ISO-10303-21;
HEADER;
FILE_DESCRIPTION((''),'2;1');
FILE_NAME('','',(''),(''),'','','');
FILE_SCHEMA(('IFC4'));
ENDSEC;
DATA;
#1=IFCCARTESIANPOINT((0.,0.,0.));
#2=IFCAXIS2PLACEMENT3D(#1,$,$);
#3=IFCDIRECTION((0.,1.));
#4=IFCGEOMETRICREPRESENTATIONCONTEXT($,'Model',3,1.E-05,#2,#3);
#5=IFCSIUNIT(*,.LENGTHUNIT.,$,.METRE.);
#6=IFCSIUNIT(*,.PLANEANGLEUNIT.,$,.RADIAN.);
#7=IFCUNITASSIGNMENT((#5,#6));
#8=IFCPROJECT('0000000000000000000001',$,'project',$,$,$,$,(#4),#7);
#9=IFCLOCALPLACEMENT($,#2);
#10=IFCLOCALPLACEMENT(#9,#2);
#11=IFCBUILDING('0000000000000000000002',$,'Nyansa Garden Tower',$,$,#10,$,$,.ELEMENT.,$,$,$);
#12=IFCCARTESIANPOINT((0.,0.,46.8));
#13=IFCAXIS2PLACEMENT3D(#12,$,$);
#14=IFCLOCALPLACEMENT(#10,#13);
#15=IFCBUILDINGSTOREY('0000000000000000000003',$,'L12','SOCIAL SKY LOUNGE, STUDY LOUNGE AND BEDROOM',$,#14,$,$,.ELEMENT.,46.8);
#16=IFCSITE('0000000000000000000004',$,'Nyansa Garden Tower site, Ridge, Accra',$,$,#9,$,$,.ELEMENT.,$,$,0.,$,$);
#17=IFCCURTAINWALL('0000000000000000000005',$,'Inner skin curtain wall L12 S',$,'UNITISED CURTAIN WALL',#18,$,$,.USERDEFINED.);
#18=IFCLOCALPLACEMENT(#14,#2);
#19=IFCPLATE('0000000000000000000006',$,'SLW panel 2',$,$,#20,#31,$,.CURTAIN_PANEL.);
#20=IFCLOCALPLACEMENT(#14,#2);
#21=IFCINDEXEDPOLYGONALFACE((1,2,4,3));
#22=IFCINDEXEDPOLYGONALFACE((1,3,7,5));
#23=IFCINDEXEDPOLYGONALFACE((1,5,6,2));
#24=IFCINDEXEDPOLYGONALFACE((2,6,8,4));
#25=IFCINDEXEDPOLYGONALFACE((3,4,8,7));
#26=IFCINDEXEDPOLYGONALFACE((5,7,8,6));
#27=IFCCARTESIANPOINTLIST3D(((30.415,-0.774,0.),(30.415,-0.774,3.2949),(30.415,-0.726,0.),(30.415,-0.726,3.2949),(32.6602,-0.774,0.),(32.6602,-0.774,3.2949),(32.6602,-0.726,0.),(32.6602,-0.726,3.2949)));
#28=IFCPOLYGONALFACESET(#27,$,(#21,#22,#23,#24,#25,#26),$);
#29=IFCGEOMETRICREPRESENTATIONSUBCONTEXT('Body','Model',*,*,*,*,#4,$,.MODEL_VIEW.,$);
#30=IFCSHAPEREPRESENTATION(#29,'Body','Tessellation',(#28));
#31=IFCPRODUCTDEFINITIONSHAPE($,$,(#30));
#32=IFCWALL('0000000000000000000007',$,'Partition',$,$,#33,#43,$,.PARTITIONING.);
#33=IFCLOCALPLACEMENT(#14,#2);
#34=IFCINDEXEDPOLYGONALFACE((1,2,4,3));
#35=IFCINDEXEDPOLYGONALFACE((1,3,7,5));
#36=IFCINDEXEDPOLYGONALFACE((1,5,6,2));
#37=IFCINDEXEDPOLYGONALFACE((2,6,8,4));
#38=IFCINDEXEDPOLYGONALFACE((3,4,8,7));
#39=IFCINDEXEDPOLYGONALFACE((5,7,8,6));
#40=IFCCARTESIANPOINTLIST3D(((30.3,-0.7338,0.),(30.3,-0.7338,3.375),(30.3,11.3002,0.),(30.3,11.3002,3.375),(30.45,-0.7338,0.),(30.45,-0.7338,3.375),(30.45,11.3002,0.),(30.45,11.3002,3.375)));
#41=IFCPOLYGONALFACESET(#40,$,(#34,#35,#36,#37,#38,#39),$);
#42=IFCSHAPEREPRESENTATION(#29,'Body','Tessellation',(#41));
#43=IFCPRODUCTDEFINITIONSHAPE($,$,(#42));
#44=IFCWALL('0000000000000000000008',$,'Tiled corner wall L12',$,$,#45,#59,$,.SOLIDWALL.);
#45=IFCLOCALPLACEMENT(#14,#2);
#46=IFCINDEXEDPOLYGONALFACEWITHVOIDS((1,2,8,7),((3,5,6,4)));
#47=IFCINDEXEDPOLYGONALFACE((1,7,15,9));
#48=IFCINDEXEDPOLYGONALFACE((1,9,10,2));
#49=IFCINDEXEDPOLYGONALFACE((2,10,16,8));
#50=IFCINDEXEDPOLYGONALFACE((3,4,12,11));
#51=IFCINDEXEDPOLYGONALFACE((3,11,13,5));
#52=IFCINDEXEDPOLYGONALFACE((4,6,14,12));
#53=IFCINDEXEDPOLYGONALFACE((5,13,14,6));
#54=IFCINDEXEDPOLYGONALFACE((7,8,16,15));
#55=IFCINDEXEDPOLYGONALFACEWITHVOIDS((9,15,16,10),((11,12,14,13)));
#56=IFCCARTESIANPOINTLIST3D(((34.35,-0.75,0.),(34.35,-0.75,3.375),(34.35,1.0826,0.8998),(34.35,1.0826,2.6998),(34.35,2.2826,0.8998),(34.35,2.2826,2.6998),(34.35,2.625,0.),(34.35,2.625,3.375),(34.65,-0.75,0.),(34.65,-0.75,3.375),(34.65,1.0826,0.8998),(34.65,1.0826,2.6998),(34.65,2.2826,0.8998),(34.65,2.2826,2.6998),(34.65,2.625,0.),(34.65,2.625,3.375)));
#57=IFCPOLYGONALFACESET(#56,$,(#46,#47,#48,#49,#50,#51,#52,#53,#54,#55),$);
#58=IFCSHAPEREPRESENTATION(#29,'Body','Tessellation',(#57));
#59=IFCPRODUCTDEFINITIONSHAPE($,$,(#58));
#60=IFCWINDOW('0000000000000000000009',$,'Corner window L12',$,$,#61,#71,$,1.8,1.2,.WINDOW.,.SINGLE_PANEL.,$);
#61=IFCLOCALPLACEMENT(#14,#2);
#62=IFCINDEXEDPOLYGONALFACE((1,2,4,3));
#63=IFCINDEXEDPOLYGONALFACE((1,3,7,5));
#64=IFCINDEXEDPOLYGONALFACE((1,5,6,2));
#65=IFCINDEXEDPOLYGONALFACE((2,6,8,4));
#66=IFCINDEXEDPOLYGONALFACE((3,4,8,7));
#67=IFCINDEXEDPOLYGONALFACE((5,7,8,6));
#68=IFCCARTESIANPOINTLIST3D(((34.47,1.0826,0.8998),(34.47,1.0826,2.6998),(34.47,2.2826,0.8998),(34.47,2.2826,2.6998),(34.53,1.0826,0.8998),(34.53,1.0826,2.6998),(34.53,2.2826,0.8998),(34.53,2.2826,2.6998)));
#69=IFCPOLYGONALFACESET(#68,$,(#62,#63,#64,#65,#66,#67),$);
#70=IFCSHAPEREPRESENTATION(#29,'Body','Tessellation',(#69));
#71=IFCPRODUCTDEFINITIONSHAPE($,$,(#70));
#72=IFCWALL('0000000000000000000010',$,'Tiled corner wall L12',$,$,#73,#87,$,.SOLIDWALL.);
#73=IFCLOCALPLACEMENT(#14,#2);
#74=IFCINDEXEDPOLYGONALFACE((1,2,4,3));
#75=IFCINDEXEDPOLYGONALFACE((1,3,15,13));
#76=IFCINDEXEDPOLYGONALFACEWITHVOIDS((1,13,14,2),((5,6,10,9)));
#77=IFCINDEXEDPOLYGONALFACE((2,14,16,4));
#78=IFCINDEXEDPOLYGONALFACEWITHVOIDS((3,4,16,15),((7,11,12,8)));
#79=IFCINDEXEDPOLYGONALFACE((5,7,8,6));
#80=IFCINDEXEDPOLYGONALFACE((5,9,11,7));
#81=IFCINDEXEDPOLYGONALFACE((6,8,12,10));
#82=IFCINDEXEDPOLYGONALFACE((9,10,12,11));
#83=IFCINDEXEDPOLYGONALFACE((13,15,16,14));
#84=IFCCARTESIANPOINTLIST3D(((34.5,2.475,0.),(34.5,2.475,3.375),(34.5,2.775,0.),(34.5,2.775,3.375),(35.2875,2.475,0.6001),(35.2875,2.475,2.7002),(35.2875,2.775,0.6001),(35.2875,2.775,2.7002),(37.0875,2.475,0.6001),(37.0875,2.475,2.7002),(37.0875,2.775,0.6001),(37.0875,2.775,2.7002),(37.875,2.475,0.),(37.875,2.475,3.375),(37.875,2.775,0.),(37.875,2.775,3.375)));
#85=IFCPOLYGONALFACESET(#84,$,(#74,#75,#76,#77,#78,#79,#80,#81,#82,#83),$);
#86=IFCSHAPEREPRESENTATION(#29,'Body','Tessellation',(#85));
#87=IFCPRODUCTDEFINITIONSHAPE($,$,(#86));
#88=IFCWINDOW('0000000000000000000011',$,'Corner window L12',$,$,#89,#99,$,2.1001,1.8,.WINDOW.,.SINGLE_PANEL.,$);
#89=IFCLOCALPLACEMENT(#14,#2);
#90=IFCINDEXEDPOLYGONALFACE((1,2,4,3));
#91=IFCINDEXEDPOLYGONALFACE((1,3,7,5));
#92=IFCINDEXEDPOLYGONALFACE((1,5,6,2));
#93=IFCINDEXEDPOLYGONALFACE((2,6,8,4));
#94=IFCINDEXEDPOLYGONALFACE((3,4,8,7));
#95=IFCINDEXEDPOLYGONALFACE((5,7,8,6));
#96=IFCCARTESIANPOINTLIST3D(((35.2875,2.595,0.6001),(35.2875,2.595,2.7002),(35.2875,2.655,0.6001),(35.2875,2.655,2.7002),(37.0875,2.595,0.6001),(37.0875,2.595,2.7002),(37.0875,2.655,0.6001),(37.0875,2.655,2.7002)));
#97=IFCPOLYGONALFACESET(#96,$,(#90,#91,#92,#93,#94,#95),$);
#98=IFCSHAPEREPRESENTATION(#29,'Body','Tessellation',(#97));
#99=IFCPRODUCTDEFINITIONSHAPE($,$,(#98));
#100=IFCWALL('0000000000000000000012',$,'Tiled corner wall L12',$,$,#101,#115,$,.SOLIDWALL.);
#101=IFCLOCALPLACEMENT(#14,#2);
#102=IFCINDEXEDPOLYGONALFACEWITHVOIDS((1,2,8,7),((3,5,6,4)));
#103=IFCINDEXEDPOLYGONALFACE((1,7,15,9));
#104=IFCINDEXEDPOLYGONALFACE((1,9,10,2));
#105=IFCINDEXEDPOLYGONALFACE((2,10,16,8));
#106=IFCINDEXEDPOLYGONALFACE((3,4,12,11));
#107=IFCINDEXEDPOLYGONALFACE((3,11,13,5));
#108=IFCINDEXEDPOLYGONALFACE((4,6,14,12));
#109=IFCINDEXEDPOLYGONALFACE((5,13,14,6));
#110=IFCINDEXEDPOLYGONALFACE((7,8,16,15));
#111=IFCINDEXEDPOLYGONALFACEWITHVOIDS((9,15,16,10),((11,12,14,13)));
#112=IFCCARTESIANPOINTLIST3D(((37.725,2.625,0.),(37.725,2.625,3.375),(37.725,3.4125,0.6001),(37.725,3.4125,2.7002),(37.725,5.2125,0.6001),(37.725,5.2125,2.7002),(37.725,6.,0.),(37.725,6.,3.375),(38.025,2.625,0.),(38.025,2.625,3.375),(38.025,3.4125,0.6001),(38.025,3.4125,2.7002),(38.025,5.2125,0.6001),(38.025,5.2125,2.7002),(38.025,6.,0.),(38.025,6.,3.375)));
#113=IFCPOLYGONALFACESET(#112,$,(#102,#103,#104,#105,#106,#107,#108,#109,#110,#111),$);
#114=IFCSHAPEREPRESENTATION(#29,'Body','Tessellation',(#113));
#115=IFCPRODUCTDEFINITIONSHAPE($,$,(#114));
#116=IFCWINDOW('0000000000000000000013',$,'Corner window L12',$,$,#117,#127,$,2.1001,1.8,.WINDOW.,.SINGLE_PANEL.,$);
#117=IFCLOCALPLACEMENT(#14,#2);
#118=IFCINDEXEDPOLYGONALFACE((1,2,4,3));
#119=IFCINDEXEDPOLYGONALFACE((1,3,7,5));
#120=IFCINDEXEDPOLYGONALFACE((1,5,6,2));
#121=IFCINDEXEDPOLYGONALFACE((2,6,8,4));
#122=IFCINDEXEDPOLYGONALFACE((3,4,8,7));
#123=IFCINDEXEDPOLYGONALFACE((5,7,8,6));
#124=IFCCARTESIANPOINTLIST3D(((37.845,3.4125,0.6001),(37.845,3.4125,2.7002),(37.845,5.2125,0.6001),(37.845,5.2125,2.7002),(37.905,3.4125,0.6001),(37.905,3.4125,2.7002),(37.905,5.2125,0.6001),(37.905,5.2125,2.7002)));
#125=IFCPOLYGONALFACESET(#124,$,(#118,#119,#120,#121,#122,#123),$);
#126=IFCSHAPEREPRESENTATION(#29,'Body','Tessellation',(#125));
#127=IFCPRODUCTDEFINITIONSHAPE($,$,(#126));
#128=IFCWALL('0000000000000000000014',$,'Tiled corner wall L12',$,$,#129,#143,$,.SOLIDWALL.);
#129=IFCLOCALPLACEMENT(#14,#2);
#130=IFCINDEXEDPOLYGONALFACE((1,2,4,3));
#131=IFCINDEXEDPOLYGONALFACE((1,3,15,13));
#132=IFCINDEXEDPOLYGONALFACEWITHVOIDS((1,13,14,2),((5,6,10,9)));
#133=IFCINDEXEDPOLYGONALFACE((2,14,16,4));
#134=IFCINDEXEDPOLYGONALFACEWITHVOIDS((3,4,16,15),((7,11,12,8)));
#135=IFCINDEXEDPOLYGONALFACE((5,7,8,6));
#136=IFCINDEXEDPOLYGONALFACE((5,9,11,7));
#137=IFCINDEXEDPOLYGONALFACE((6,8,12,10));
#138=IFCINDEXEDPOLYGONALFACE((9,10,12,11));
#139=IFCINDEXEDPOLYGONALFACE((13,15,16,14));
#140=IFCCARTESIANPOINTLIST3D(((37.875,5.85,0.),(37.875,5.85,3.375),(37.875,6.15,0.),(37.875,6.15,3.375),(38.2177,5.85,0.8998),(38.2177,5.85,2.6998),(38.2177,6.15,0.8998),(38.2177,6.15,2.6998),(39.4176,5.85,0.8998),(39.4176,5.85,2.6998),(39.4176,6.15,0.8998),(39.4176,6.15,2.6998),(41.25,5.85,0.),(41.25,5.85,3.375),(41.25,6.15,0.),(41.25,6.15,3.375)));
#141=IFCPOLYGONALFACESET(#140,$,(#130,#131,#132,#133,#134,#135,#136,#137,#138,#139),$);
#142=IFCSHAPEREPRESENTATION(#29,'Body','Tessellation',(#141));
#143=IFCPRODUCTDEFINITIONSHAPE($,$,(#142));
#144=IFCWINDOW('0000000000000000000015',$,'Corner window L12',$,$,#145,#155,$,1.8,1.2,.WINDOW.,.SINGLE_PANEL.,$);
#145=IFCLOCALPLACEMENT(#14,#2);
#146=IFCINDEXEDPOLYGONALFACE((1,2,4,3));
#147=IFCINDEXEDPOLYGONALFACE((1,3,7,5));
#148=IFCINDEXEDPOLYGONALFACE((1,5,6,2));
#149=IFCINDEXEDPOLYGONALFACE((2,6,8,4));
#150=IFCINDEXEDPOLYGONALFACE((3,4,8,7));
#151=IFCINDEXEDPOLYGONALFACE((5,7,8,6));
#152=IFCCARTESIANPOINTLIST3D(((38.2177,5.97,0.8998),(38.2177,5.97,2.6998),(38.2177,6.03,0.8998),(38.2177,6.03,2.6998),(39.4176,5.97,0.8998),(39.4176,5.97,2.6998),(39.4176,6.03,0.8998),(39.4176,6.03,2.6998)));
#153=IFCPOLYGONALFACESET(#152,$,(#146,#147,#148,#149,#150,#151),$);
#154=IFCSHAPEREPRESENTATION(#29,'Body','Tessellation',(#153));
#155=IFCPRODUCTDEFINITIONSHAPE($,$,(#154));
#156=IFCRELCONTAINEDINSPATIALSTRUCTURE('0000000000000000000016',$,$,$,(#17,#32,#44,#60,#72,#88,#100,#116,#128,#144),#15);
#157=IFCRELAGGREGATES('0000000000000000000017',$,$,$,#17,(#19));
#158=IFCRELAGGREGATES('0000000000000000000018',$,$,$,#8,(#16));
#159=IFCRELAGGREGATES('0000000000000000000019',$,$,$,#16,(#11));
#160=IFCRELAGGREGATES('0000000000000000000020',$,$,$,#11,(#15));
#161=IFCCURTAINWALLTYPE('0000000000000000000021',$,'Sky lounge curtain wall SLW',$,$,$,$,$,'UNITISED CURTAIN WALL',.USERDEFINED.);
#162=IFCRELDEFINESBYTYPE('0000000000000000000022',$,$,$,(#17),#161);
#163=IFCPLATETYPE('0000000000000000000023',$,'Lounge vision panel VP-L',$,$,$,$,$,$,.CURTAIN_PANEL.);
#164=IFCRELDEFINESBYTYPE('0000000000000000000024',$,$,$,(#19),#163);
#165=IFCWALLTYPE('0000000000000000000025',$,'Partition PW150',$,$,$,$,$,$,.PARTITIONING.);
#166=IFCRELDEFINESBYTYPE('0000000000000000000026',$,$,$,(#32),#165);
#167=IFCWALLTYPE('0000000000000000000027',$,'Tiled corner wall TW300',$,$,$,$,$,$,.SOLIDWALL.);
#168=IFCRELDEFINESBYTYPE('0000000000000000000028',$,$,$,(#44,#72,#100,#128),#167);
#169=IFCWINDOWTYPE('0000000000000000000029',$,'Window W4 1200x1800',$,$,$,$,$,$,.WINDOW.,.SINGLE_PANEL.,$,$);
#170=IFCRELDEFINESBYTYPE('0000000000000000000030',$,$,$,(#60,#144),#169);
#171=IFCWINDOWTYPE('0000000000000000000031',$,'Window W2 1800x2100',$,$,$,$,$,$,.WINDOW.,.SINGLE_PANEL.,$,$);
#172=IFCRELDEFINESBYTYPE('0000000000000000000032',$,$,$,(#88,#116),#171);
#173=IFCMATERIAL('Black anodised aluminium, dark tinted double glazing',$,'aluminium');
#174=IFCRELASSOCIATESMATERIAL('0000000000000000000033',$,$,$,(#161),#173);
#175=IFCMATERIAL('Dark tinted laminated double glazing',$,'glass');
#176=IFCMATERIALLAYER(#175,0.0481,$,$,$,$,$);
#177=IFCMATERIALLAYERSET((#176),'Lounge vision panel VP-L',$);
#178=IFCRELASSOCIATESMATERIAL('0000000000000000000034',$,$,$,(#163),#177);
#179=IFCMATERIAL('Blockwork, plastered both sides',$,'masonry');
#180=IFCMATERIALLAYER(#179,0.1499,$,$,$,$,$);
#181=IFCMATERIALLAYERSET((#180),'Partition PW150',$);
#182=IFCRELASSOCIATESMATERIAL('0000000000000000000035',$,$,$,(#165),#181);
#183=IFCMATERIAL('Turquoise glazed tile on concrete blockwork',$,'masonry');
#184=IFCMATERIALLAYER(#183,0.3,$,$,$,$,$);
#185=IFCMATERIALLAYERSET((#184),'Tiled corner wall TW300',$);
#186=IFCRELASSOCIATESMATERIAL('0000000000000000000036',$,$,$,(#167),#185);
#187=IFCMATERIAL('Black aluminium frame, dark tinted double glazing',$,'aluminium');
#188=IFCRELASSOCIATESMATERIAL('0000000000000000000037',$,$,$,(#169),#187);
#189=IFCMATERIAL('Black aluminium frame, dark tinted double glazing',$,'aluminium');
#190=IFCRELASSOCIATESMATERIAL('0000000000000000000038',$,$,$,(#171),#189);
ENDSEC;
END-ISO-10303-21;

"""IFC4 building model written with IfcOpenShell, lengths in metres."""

from ifc_helpers import new_model, si_unit, direction, frame, frame_2d, origin, origin_2d, place, context, subcontext, project, spatial, rectangle, extrude, material, layer, layer_set, type_object, element, fill, aggregate, save


model = new_model("IFC4")

# Units and contexts
model_context = context("Model", 3, precision=1e-05, world=origin(), true_north=direction((0.0, 1.0)))
body_context = subcontext(model_context, "Body", "Model", "MODEL_VIEW")
ifc_project = project(units=[si_unit("LENGTHUNIT", "METRE"), si_unit("PLANEANGLEUNIT", "RADIAN")], contexts=[model_context])

# Site, building, storey
site_placement = place(None, origin())
site = spatial("IfcSite", under=ifc_project, at=site_placement, Name="Nyansa Garden Tower site, Ridge, Accra", CompositionType="ELEMENT", RefElevation=0.0)
building_placement = place(site_placement, origin())
building = spatial("IfcBuilding", under=site, at=building_placement, Name="Nyansa Garden Tower", CompositionType="ELEMENT")
storey_placement = place(building_placement, frame((0.0, 0.0, 46.8)))
storey = spatial("IfcBuildingStorey", under=building, at=storey_placement, Name="L12", Description="SOCIAL SKY LOUNGE, STUDY LOUNGE AND BEDROOM", CompositionType="ELEMENT", Elevation=46.8)

# Curtain wall
ifc_material_1 = material(Name="Black anodised aluminium, dark tinted double glazing", Category="aluminium")
curtain_wall_type = type_object("IfcCurtainWallType", Name="Sky lounge curtain wall SLW", ElementType="UNITISED CURTAIN WALL", PredefinedType="USERDEFINED", material=ifc_material_1)
curtain_wall_placement = place(storey_placement, origin())
curtain_wall = element("IfcCurtainWall", 1, at=curtain_wall_placement, inside=storey, type_object=curtain_wall_type, Name="Inner skin curtain wall L12 S", ObjectType="UNITISED CURTAIN WALL", PredefinedType="USERDEFINED")

# Plate
ifc_material_2 = material(Name="Dark tinted laminated double glazing", Category="glass")
ifc_layer_1 = layer(ifc_material_2, 0.0481)
ifc_layer_set_1 = layer_set([ifc_layer_1], Name="Lounge vision panel VP-L")
plate_type = type_object("IfcPlateType", Name="Lounge vision panel VP-L", PredefinedType="CURTAIN_PANEL", material=ifc_layer_set_1)
plate_1_placement = place(storey_placement, frame((31.5376, -0.75, 0.0), z_axis=(0.0, 0.0, 1.0), x_axis=(1.0, 0.0, 0.0)))
plate_1 = element("IfcPlate", 2, at=plate_1_placement, type_object=plate_type, Name="SLW panel 2", PredefinedType="CURTAIN_PANEL", context=body_context, shape_type="SweptSolid", body=[
    extrude(rectangle(XDim=2.2451, YDim=0.0481, at=origin_2d()), origin(), (0.0, 0.0, 1.0), 3.2949),
])
aggregate(curtain_wall, [plate_1])

# Wall
ifc_material_3 = material(Name="Blockwork, plastered both sides", Category="masonry")
ifc_layer_2 = layer(ifc_material_3, 0.1499)
ifc_layer_set_2 = layer_set([ifc_layer_2], Name="Partition PW150")
wall_type_1 = type_object("IfcWallType", Name="Partition PW150", PredefinedType="PARTITIONING", material=ifc_layer_set_2)
wall_1_placement = place(storey_placement, frame((30.375, -0.7339, 0.0), z_axis=(0.0, 0.0, 1.0), x_axis=(0.0, 1.0, 0.0)))
element("IfcWall", 3, at=wall_1_placement, inside=storey, type_object=wall_type_1, Name="Partition", PredefinedType="PARTITIONING", context=body_context, shape_type="SweptSolid", body=[
    extrude(rectangle(XDim=12.0339, YDim=0.1499, at=frame_2d((6.0171, 0.0))), origin(), (0.0, 0.0, 1.0), 3.375),
])

# Walls, openings, windows
ifc_material_4 = material(Name="Turquoise glazed tile on concrete blockwork", Category="masonry")
ifc_layer_3 = layer(ifc_material_4, 0.3)
ifc_layer_set_3 = layer_set([ifc_layer_3], Name="Tiled corner wall TW300")
wall_type_2 = type_object("IfcWallType", Name="Tiled corner wall TW300", PredefinedType="SOLIDWALL", material=ifc_layer_set_3)
wall_2_placement = place(storey_placement, frame((34.5, -0.75, 0.0), z_axis=(0.0, 0.0, 1.0), x_axis=(0.0, 1.0, 0.0)))
wall_2 = element("IfcWall", 4, at=wall_2_placement, inside=storey, type_object=wall_type_2, Name="Tiled corner wall L12", PredefinedType="SOLIDWALL", context=body_context, shape_type="SweptSolid", body=[
    extrude(rectangle(XDim=3.375, YDim=0.3, at=frame_2d((1.6875, 0.0))), origin(), (0.0, 0.0, 1.0), 3.375),
])
opening_1_placement = place(wall_2_placement, frame((1.8325, 0.0, 0.8999)))
opening_1 = element("IfcOpeningElement", 5, at=opening_1_placement, cuts=wall_2, PredefinedType="OPENING", context=body_context, shape_type="SweptSolid", body=[
    extrude(rectangle(XDim=1.2, YDim=1.8, at=frame_2d((0.6001, 0.8999))), frame((0.0, 0.1599, 0.0), z_axis=(0.0, -1.0, 0.0), x_axis=(1.0, 0.0, 0.0)), (0.0, 0.0, 1.0), 0.3201),
])
ifc_material_5 = material(Name="Black aluminium frame, dark tinted double glazing", Category="aluminium")
window_type_1 = type_object("IfcWindowType", Name="Window W4 1200x1800", PartitioningType="SINGLE_PANEL", PredefinedType="WINDOW", material=ifc_material_5)
window_1_placement = place(opening_1_placement, origin())
window_1 = element("IfcWindow", 6, at=window_1_placement, inside=storey, type_object=window_type_1, Name="Corner window L12", OverallHeight=1.8, OverallWidth=1.2, PartitioningType="SINGLE_PANEL", PredefinedType="WINDOW", context=body_context, shape_type="SweptSolid", body=[
    extrude(rectangle(XDim=1.2, YDim=1.8, at=frame_2d((0.6001, 0.8999))), frame((0.0, 0.03, 0.0), z_axis=(0.0, -1.0, 0.0), x_axis=(1.0, 0.0, 0.0)), (0.0, 0.0, 1.0), 0.0601),
])
fill(opening_1, window_1)
wall_3_placement = place(storey_placement, frame((34.5, 2.625, 0.0), z_axis=(0.0, 0.0, 1.0), x_axis=(1.0, 0.0, 0.0)))
wall_3 = element("IfcWall", 7, at=wall_3_placement, inside=storey, type_object=wall_type_2, Name="Tiled corner wall L12", PredefinedType="SOLIDWALL", context=body_context, shape_type="SweptSolid", body=[
    extrude(rectangle(XDim=3.375, YDim=0.3, at=frame_2d((1.6875, 0.0))), origin(), (0.0, 0.0, 1.0), 3.375),
])
opening_2_placement = place(wall_3_placement, frame((0.7876, 0.0, 0.6001)))
opening_2 = element("IfcOpeningElement", 8, at=opening_2_placement, cuts=wall_3, PredefinedType="OPENING", context=body_context, shape_type="SweptSolid", body=[
    extrude(rectangle(XDim=1.8, YDim=2.1001, at=frame_2d((0.8999, 1.05))), frame((0.0, 0.1599, 0.0), z_axis=(0.0, -1.0, 0.0), x_axis=(1.0, 0.0, 0.0)), (0.0, 0.0, 1.0), 0.3201),
])
ifc_material_6 = material(Name="Black aluminium frame, dark tinted double glazing", Category="aluminium")
window_type_2 = type_object("IfcWindowType", Name="Window W2 1800x2100", PartitioningType="SINGLE_PANEL", PredefinedType="WINDOW", material=ifc_material_6)
window_2_placement = place(opening_2_placement, origin())
window_2 = element("IfcWindow", 9, at=window_2_placement, inside=storey, type_object=window_type_2, Name="Corner window L12", OverallHeight=2.1001, OverallWidth=1.8, PartitioningType="SINGLE_PANEL", PredefinedType="WINDOW", context=body_context, shape_type="SweptSolid", body=[
    extrude(rectangle(XDim=1.8, YDim=2.1001, at=frame_2d((0.8999, 1.05))), frame((0.0, 0.03, 0.0), z_axis=(0.0, -1.0, 0.0), x_axis=(1.0, 0.0, 0.0)), (0.0, 0.0, 1.0), 0.0601),
])
fill(opening_2, window_2)
wall_4_placement = place(storey_placement, frame((37.875, 2.625, 0.0), z_axis=(0.0, 0.0, 1.0), x_axis=(0.0, 1.0, 0.0)))
wall_4 = element("IfcWall", 10, at=wall_4_placement, inside=storey, type_object=wall_type_2, Name="Tiled corner wall L12", PredefinedType="SOLIDWALL", context=body_context, shape_type="SweptSolid", body=[
    extrude(rectangle(XDim=3.375, YDim=0.3, at=frame_2d((1.6875, 0.0))), origin(), (0.0, 0.0, 1.0), 3.375),
])
opening_3_placement = place(wall_4_placement, frame((0.7876, 0.0, 0.6001)))
opening_3 = element("IfcOpeningElement", 11, at=opening_3_placement, cuts=wall_4, PredefinedType="OPENING", context=body_context, shape_type="SweptSolid", body=[
    extrude(rectangle(XDim=1.8, YDim=2.1001, at=frame_2d((0.8999, 1.05))), frame((0.0, 0.1599, 0.0), z_axis=(0.0, -1.0, 0.0), x_axis=(1.0, 0.0, 0.0)), (0.0, 0.0, 1.0), 0.3201),
])
window_3_placement = place(opening_3_placement, origin())
window_3 = element("IfcWindow", 12, at=window_3_placement, inside=storey, type_object=window_type_2, Name="Corner window L12", OverallHeight=2.1001, OverallWidth=1.8, PartitioningType="SINGLE_PANEL", PredefinedType="WINDOW", context=body_context, shape_type="SweptSolid", body=[
    extrude(rectangle(XDim=1.8, YDim=2.1001, at=frame_2d((0.8999, 1.05))), frame((0.0, 0.03, 0.0), z_axis=(0.0, -1.0, 0.0), x_axis=(1.0, 0.0, 0.0)), (0.0, 0.0, 1.0), 0.0601),
])
fill(opening_3, window_3)
wall_5_placement = place(storey_placement, frame((37.875, 6.0, 0.0), z_axis=(0.0, 0.0, 1.0), x_axis=(1.0, 0.0, 0.0)))
wall_5 = element("IfcWall", 13, at=wall_5_placement, inside=storey, type_object=wall_type_2, Name="Tiled corner wall L12", PredefinedType="SOLIDWALL", context=body_context, shape_type="SweptSolid", body=[
    extrude(rectangle(XDim=3.375, YDim=0.3, at=frame_2d((1.6875, 0.0))), origin(), (0.0, 0.0, 1.0), 3.375),
])
opening_4_placement = place(wall_5_placement, frame((0.3425, 0.0, 0.8999)))
opening_4 = element("IfcOpeningElement", 14, at=opening_4_placement, cuts=wall_5, PredefinedType="OPENING", context=body_context, shape_type="SweptSolid", body=[
    extrude(rectangle(XDim=1.2, YDim=1.8, at=frame_2d((0.6001, 0.8999))), frame((0.0, 0.1599, 0.0), z_axis=(0.0, -1.0, 0.0), x_axis=(1.0, 0.0, 0.0)), (0.0, 0.0, 1.0), 0.3201),
])
window_4_placement = place(opening_4_placement, origin())
window_4 = element("IfcWindow", 15, at=window_4_placement, inside=storey, type_object=window_type_1, Name="Corner window L12", OverallHeight=1.8, OverallWidth=1.2, PartitioningType="SINGLE_PANEL", PredefinedType="WINDOW", context=body_context, shape_type="SweptSolid", body=[
    extrude(rectangle(XDim=1.2, YDim=1.8, at=frame_2d((0.6001, 0.8999))), frame((0.0, 0.03, 0.0), z_axis=(0.0, -1.0, 0.0), x_axis=(1.0, 0.0, 0.0)), (0.0, 0.0, 1.0), 0.0601),
])
fill(opening_4, window_4)

save(model, "model.ifc")
